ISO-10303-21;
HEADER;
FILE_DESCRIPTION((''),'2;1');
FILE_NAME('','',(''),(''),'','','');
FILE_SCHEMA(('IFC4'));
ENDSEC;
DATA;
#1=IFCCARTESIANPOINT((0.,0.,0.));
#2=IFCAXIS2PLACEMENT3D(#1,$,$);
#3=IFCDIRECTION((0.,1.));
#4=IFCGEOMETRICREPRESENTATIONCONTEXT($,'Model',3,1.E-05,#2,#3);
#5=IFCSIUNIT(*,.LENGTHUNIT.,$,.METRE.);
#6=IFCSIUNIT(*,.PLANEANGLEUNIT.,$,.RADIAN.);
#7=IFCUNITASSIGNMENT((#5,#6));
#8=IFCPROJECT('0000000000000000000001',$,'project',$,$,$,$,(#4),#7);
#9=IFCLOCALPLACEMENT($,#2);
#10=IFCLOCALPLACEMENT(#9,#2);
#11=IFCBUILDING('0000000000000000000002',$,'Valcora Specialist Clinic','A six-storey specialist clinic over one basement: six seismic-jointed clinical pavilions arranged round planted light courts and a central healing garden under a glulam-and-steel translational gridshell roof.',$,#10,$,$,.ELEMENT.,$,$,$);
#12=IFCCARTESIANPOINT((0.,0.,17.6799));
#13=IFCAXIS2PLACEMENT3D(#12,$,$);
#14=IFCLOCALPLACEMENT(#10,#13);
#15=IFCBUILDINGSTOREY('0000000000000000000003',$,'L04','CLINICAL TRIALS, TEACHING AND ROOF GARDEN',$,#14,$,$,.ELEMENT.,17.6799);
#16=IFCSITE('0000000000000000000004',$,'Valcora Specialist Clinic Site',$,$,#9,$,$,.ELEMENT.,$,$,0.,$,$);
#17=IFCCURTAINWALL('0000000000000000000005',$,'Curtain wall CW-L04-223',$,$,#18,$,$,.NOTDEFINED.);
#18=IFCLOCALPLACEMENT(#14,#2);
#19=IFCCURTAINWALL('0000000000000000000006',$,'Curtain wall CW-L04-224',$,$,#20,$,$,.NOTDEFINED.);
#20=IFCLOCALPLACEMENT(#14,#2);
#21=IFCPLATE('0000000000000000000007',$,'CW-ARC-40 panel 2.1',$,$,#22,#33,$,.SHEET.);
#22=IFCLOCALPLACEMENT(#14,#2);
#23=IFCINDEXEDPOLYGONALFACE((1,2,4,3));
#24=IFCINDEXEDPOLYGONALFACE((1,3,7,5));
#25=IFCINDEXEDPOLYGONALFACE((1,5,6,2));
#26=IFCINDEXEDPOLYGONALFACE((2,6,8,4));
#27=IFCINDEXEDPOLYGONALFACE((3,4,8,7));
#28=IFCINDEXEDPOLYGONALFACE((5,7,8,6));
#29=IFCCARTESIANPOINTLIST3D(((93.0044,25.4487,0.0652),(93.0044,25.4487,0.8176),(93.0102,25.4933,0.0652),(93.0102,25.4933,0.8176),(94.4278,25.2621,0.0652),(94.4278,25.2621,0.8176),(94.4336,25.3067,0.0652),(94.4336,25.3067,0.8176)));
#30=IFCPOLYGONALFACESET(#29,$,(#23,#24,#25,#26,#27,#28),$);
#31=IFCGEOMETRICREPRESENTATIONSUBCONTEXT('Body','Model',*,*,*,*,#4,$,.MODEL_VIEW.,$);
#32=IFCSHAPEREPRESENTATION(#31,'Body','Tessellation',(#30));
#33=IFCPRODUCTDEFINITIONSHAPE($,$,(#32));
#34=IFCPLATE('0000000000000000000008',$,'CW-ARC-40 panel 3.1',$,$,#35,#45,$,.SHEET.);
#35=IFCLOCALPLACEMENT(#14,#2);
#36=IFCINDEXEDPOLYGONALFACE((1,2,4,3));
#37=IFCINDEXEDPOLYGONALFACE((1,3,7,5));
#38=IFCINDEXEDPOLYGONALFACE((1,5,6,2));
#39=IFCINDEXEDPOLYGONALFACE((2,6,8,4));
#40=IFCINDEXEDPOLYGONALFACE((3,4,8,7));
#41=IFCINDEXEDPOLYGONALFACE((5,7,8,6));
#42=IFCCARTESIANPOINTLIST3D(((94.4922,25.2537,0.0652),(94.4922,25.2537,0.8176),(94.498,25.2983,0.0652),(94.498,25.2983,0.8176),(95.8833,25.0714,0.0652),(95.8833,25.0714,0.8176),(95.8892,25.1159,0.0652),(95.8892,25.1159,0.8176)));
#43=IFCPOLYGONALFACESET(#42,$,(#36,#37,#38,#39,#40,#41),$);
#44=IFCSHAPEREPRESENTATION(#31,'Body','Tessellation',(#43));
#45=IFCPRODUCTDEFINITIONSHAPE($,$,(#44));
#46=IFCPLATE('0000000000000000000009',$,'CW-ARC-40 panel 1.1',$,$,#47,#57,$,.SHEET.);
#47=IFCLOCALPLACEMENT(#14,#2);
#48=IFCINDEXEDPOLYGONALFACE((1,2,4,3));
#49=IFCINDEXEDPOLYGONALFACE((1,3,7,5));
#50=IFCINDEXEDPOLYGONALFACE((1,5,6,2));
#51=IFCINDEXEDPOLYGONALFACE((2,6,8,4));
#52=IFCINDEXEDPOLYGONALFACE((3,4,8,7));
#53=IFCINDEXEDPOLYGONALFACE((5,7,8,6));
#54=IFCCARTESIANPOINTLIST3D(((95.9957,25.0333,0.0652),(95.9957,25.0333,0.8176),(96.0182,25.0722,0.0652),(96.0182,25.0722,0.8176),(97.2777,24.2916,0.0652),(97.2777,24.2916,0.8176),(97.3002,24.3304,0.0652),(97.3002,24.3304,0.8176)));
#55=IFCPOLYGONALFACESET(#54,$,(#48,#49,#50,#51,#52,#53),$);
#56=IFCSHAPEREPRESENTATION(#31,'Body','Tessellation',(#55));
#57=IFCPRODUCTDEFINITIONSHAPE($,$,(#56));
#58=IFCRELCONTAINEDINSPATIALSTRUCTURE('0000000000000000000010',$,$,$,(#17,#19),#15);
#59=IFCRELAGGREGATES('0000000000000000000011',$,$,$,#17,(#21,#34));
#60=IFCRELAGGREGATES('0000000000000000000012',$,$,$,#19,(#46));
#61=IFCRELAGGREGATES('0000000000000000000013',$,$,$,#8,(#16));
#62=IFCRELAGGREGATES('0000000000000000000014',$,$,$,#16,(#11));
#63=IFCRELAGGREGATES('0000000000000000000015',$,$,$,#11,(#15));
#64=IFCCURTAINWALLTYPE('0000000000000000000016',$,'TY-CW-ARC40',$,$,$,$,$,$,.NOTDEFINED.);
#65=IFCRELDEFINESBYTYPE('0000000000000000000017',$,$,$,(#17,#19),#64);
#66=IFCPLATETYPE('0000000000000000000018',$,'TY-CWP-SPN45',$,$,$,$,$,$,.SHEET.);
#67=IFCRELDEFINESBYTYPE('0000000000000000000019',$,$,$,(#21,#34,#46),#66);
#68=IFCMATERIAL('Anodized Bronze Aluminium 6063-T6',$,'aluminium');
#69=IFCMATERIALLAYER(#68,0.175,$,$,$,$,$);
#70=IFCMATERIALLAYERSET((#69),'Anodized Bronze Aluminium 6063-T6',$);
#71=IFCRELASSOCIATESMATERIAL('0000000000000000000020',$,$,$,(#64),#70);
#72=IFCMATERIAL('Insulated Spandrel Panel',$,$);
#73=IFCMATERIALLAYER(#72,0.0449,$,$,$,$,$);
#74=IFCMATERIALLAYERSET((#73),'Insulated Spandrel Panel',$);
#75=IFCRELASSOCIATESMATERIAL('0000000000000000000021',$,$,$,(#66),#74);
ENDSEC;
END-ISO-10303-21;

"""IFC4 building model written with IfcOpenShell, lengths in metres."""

from ifc_helpers import new_model, si_unit, direction, frame, origin, origin_2d, place, context, subcontext, project, spatial, rectangle, extrude, material, layer, layer_set, type_object, element, aggregate, save


model = new_model("IFC4")

# Units and contexts
model_context = context("Model", 3, precision=1e-05, world=origin(), true_north=direction((0.0, 1.0)))
body_context = subcontext(model_context, "Body", "Model", "MODEL_VIEW")
ifc_project = project(units=[si_unit("LENGTHUNIT", "METRE"), si_unit("PLANEANGLEUNIT", "RADIAN")], contexts=[model_context])

# Site, building, storey
site_placement = place(None, origin())
site = spatial("IfcSite", under=ifc_project, at=site_placement, Name="Valcora Specialist Clinic Site", CompositionType="ELEMENT", RefElevation=0.0)
building_placement = place(site_placement, origin())
building = spatial("IfcBuilding", under=site, at=building_placement, Name="Valcora Specialist Clinic", Description="A six-storey specialist clinic over one basement: six seismic-jointed clinical pavilions arranged round planted light courts and a central healing garden under a glulam-and-steel translational gridshell roof.", CompositionType="ELEMENT")
storey_placement = place(building_placement, frame((0.0, 0.0, 17.6799)))
storey = spatial("IfcBuildingStorey", under=building, at=storey_placement, Name="L04", Description="CLINICAL TRIALS, TEACHING AND ROOF GARDEN", CompositionType="ELEMENT", Elevation=17.6799)

# Shared definitions
ifc_material_1 = material(Name="Anodized Bronze Aluminium 6063-T6", Category="aluminium")
ifc_layer_1 = layer(ifc_material_1, 0.175)
ifc_layer_set_1 = layer_set([ifc_layer_1], Name="Anodized Bronze Aluminium 6063-T6")
curtain_wall_type = type_object("IfcCurtainWallType", Name="TY-CW-ARC40", PredefinedType="NOTDEFINED", material=ifc_layer_set_1)

# Curtain walls
curtain_wall_1_placement = place(storey_placement, origin())
curtain_wall_1 = element("IfcCurtainWall", 1, at=curtain_wall_1_placement, inside=storey, type_object=curtain_wall_type, Name="Curtain wall CW-L04-223", PredefinedType="NOTDEFINED")
curtain_wall_2_placement = place(storey_placement, origin())
curtain_wall_2 = element("IfcCurtainWall", 2, at=curtain_wall_2_placement, inside=storey, type_object=curtain_wall_type, Name="Curtain wall CW-L04-224", PredefinedType="NOTDEFINED")

# Plates
ifc_material_2 = material(Name="Insulated Spandrel Panel")
ifc_layer_2 = layer(ifc_material_2, 0.0449)
ifc_layer_set_2 = layer_set([ifc_layer_2], Name="Insulated Spandrel Panel")
plate_type_1 = type_object("IfcPlateType", Name="TY-CWP-SPN45", PredefinedType="SHEET", material=ifc_layer_set_2)
plate_1_placement = place(storey_placement, frame((93.719, 25.3777, 0.0652), z_axis=(0.0, 0.0, 1.0), x_axis=(0.991516, -0.129987, 0.0)))
plate_1 = element("IfcPlate", 3, at=plate_1_placement, type_object=plate_type_1, Name="CW-ARC-40 panel 2.1", PredefinedType="SHEET", context=body_context, shape_type="SweptSolid", body=[
    extrude(rectangle(XDim=1.4355, YDim=0.0449, at=origin_2d()), origin(), (0.0, 0.0, 1.0), 0.7524),
])
plate_2_placement = place(storey_placement, frame((95.1907, 25.1848, 0.0652), z_axis=(0.0, 0.0, 1.0), x_axis=(0.991516, -0.129987, 0.0)))
plate_2 = element("IfcPlate", 4, at=plate_2_placement, type_object=plate_type_1, Name="CW-ARC-40 panel 3.1", PredefinedType="SHEET", context=body_context, shape_type="SweptSolid", body=[
    extrude(rectangle(XDim=1.4031, YDim=0.0449, at=origin_2d()), origin(), (0.0, 0.0, 1.0), 0.7524),
])
aggregate(curtain_wall_1, [plate_1, plate_2])
plate_3_placement = place(storey_placement, frame((96.6479, 24.6819, 0.0652), z_axis=(0.0, 0.0, 1.0), x_axis=(0.865566, -0.500796, 0.0)))
plate_3 = element("IfcPlate", 5, at=plate_3_placement, type_object=plate_type_1, Name="CW-ARC-40 panel 1.1", PredefinedType="SHEET", context=body_context, shape_type="SweptSolid", body=[
    extrude(rectangle(XDim=1.4812, YDim=0.0449, at=origin_2d()), origin(), (0.0, 0.0, 1.0), 0.7524),
])
aggregate(curtain_wall_2, [plate_3])

save(model, "model.ifc")
